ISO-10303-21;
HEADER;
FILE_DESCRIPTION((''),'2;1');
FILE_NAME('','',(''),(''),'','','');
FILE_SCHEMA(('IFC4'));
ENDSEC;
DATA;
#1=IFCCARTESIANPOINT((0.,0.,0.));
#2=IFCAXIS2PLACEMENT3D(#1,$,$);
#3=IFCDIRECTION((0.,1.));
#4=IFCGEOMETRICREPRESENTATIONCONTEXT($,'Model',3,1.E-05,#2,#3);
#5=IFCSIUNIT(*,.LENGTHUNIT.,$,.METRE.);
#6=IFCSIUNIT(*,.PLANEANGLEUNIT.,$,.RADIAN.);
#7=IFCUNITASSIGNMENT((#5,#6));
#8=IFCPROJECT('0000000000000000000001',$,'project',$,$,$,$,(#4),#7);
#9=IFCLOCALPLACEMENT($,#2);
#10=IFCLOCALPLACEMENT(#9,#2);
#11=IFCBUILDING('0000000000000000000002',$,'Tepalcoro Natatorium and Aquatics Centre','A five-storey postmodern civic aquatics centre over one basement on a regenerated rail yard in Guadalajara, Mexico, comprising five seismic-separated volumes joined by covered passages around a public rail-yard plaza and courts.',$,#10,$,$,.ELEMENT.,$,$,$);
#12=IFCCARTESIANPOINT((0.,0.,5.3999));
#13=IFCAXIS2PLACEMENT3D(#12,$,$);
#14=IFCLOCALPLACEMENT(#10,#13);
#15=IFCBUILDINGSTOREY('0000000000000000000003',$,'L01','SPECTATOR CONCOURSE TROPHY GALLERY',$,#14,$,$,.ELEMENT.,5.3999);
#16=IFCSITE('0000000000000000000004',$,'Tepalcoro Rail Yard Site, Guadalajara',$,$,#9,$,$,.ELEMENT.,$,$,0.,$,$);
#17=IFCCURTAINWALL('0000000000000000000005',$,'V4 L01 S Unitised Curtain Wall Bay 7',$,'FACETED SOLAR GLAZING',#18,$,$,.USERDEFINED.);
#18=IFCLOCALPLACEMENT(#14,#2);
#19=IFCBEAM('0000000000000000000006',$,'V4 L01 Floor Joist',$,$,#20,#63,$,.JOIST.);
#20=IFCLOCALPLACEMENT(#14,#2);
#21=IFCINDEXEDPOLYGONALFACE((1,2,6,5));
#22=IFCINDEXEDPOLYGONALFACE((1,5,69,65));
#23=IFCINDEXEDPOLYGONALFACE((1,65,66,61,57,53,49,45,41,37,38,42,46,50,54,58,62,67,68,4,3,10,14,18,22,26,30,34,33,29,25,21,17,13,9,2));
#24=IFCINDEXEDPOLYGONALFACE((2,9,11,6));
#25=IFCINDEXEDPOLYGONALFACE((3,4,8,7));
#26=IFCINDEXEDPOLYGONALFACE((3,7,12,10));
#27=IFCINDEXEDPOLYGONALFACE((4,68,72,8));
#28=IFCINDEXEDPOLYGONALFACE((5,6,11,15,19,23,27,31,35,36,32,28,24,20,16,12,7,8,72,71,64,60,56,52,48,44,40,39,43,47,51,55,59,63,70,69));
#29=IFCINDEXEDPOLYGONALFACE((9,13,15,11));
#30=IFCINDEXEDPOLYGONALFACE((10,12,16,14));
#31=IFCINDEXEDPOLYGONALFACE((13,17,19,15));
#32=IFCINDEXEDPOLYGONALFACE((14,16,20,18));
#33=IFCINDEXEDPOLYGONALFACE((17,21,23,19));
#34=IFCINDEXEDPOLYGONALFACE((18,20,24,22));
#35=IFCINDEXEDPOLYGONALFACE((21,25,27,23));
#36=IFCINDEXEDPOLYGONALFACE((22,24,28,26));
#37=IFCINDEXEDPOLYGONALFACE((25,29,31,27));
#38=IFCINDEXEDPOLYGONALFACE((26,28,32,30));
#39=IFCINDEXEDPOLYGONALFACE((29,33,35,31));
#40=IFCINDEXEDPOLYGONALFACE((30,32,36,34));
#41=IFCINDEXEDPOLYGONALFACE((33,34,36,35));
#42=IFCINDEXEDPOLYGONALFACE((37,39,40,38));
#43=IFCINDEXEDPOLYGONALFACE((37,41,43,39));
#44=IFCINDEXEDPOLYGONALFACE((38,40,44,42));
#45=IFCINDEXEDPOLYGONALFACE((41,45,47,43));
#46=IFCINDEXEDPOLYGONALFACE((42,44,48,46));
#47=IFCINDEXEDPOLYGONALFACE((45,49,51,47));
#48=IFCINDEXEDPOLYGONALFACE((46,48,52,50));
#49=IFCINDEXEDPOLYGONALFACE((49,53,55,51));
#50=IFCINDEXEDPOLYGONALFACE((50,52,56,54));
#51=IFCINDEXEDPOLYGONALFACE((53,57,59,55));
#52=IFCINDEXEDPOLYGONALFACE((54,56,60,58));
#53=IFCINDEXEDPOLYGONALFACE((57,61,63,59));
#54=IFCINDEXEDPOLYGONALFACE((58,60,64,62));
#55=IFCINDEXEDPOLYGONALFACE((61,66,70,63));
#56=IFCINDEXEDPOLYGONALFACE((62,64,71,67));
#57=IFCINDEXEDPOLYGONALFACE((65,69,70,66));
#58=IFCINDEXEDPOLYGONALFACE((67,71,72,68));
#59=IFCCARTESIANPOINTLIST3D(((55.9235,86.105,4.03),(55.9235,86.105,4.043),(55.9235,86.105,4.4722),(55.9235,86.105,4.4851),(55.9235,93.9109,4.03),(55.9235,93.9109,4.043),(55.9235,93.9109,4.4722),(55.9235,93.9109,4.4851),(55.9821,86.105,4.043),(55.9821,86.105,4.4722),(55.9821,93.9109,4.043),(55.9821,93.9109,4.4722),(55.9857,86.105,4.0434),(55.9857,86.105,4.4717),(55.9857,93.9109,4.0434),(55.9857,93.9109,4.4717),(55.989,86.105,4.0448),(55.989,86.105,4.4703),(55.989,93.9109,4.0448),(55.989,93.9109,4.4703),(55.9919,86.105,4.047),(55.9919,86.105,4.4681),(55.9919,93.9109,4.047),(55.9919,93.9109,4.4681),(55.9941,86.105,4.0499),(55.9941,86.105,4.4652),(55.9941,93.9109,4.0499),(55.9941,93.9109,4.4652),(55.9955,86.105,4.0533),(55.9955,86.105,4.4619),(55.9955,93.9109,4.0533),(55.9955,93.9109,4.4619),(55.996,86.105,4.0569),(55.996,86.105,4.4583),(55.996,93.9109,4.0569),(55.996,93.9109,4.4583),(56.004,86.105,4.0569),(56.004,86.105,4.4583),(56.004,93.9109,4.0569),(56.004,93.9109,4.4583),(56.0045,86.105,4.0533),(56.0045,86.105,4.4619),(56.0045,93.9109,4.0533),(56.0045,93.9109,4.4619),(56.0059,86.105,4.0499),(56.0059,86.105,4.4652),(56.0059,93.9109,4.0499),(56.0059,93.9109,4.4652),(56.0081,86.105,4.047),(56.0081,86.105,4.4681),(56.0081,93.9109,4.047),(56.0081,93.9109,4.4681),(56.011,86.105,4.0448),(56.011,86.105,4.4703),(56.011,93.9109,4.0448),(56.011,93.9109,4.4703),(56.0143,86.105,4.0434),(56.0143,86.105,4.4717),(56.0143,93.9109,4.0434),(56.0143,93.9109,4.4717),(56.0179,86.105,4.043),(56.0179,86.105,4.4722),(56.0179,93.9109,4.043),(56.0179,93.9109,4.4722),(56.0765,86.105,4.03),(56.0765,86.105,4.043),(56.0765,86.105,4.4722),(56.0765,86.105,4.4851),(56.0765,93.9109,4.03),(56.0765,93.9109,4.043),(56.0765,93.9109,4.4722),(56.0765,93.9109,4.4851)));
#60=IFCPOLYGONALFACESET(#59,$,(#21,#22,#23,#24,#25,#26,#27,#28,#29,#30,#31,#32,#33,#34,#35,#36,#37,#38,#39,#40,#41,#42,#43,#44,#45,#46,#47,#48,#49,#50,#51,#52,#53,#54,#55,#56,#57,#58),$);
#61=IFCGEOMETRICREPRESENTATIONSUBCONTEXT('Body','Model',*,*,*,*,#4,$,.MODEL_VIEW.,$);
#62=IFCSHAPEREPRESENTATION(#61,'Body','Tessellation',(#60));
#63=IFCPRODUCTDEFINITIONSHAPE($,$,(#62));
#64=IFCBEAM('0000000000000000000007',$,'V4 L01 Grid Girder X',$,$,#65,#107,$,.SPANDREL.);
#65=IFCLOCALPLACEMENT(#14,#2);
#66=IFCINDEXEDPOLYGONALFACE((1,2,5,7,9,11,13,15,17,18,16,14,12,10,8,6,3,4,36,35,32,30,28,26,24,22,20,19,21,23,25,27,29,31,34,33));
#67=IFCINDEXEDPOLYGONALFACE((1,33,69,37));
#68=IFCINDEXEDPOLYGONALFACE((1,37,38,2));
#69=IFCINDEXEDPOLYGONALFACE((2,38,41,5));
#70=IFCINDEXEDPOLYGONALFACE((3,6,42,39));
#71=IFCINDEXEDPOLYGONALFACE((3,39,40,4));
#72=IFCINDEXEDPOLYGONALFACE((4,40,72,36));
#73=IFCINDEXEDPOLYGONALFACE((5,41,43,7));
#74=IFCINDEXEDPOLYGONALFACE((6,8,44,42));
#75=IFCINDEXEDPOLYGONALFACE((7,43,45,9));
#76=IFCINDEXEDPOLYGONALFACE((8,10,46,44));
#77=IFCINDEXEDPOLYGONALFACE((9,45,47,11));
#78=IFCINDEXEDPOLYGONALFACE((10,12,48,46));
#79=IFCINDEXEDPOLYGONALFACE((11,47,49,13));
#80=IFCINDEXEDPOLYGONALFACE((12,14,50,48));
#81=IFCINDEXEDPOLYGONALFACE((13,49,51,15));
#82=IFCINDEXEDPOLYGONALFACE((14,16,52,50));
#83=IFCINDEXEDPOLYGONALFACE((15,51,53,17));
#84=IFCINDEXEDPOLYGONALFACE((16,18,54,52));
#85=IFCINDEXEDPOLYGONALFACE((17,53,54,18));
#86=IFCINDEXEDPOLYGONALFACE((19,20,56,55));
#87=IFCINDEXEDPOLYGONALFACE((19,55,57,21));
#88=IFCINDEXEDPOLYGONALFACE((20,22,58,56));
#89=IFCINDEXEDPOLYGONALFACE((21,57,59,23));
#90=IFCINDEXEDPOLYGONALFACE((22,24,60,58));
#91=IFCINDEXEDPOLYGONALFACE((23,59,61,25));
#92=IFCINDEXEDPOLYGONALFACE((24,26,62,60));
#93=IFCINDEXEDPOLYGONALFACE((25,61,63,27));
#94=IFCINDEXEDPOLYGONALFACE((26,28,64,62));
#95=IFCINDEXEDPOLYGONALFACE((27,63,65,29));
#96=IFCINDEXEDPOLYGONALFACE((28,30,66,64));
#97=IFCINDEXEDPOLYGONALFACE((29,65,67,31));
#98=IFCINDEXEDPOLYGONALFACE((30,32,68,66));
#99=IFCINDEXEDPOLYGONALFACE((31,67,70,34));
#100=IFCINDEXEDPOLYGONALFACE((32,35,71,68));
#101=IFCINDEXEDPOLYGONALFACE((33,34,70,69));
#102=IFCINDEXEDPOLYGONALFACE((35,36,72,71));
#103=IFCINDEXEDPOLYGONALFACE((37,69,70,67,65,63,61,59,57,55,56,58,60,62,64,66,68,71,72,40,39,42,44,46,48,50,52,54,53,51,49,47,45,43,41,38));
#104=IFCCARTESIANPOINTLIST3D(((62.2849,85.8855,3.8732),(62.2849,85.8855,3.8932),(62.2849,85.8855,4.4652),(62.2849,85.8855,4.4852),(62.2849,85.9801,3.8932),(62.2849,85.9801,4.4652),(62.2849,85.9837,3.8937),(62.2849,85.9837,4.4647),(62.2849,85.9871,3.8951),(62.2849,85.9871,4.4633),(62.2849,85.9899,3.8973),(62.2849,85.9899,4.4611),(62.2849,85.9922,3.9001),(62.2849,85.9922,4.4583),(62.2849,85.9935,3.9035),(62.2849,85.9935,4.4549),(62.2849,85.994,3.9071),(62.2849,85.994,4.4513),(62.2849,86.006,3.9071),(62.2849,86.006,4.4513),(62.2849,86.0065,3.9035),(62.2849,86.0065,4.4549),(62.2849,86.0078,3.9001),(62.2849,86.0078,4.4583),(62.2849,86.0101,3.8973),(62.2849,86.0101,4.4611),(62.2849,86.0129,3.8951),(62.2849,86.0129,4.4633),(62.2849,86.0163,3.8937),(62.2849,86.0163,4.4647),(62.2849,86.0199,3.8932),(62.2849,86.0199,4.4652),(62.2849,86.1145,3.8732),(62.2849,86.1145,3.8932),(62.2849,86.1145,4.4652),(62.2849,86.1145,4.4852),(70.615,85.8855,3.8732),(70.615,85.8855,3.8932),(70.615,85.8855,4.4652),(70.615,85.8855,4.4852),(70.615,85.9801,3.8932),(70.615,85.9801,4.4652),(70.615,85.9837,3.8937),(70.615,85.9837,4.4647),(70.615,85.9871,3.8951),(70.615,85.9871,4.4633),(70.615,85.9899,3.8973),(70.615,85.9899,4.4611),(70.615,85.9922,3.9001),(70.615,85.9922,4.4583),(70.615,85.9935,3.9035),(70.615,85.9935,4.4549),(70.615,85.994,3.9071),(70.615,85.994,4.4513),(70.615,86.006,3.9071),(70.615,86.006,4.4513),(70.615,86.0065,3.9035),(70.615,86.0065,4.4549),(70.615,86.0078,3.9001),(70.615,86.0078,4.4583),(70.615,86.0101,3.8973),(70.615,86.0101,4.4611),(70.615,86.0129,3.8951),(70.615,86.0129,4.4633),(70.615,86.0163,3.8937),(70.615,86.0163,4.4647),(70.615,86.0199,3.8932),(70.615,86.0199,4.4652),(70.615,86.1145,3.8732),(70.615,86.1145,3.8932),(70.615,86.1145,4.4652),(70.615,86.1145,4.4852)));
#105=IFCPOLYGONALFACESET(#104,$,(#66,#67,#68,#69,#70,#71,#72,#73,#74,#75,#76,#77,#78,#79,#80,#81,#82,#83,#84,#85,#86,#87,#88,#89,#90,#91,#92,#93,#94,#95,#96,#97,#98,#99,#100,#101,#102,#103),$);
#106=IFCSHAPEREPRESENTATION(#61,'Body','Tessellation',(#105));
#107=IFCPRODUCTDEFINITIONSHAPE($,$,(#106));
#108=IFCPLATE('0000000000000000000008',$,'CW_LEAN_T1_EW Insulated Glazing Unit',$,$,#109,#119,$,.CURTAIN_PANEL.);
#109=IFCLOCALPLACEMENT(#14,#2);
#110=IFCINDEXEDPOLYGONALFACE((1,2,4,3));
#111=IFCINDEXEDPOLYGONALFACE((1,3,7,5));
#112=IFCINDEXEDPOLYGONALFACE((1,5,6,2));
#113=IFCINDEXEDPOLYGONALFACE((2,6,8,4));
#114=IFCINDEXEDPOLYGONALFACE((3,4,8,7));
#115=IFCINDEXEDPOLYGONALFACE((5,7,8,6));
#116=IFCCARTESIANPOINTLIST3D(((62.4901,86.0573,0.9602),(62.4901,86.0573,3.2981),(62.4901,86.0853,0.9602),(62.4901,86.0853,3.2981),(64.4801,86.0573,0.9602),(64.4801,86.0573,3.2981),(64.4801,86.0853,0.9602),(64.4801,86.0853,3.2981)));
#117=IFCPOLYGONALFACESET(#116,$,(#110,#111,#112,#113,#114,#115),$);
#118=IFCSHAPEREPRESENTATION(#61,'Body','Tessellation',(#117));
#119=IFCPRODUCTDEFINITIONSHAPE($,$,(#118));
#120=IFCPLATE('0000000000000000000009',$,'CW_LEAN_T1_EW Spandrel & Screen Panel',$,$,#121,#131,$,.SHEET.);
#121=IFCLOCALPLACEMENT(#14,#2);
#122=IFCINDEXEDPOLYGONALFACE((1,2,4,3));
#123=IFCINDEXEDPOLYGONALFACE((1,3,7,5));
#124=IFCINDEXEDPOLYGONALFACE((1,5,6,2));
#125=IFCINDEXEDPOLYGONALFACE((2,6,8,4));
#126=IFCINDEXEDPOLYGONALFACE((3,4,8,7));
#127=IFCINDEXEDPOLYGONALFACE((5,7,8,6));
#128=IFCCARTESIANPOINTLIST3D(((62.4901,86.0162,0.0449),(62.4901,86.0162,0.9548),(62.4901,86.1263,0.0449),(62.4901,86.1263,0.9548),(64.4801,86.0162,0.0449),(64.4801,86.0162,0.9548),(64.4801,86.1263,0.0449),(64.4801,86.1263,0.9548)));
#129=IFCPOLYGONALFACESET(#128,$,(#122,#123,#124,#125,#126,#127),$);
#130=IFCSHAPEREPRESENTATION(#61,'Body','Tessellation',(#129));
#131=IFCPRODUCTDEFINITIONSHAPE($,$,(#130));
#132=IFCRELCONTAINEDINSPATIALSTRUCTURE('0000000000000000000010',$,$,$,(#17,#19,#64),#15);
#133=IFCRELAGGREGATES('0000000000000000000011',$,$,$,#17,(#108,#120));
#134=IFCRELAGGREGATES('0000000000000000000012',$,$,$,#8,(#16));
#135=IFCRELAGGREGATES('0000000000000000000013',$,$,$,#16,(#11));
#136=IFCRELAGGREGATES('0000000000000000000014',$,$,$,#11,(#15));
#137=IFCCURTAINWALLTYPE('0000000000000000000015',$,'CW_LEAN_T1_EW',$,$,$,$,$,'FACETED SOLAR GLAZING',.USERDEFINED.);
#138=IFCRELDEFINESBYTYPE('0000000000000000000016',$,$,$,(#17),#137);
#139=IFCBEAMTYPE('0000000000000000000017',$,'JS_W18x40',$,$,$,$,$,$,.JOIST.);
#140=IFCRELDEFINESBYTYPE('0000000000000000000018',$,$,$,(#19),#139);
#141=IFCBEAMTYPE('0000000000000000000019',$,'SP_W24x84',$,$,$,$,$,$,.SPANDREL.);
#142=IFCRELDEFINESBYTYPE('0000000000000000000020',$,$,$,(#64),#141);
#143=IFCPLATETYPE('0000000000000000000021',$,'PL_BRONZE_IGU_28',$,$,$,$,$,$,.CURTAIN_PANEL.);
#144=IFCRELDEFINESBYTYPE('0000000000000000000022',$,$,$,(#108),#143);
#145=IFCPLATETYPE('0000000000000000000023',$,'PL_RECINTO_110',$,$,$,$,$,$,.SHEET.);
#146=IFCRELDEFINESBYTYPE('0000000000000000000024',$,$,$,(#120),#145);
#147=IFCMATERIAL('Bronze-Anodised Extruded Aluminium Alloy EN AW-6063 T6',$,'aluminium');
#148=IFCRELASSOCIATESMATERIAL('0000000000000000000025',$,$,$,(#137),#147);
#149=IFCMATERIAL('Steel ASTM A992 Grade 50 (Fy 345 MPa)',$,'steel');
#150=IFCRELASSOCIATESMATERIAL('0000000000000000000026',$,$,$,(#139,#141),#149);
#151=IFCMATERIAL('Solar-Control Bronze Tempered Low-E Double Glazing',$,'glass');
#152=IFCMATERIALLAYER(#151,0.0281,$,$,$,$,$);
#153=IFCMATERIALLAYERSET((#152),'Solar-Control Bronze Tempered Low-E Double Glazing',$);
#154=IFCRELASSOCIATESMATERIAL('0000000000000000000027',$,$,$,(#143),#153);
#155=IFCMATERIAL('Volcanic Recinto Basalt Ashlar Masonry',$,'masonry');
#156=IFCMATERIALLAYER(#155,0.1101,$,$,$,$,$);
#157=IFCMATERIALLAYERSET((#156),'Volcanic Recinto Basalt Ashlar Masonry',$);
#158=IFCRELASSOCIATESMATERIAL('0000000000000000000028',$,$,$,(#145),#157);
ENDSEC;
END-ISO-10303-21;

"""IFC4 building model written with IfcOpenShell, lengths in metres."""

from ifc_helpers import new_model, si_unit, direction, frame, origin, origin_2d, place, context, subcontext, project, spatial, rectangle, i_section, extrude, material, layer, layer_set, material_profile, profile_set, type_object, element, aggregate, save


model = new_model("IFC4")

# Units and contexts
model_context = context("Model", 3, precision=1e-05, world=origin(), true_north=direction((0.0, 1.0)))
body_context = subcontext(model_context, "Body", "Model", "MODEL_VIEW")
ifc_project = project(units=[si_unit("LENGTHUNIT", "METRE"), si_unit("PLANEANGLEUNIT", "RADIAN")], contexts=[model_context])

# Site, building, storey
site_placement = place(None, origin())
site = spatial("IfcSite", under=ifc_project, at=site_placement, Name="Tepalcoro Rail Yard Site, Guadalajara", CompositionType="ELEMENT", RefElevation=0.0)
building_placement = place(site_placement, origin())
building = spatial("IfcBuilding", under=site, at=building_placement, Name="Tepalcoro Natatorium and Aquatics Centre", Description="A five-storey postmodern civic aquatics centre over one basement on a regenerated rail yard in Guadalajara, Mexico, comprising five seismic-separated volumes joined by covered passages around a public rail-yard plaza and courts.", CompositionType="ELEMENT")
storey_placement = place(building_placement, frame((0.0, 0.0, 5.3999)))
storey = spatial("IfcBuildingStorey", under=building, at=storey_placement, Name="L01", Description="SPECTATOR CONCOURSE TROPHY GALLERY", CompositionType="ELEMENT", Elevation=5.3999)

# Shared definitions
ifc_material_1 = material(Name="Steel ASTM A992 Grade 50 (Fy 345 MPa)", Category="steel")

# Curtain wall
ifc_material_2 = material(Name="Bronze-Anodised Extruded Aluminium Alloy EN AW-6063 T6", Category="aluminium")
curtain_wall_type = type_object("IfcCurtainWallType", Name="CW_LEAN_T1_EW", ElementType="FACETED SOLAR GLAZING", PredefinedType="USERDEFINED", material=ifc_material_2)
curtain_wall_placement = place(storey_placement, origin())
curtain_wall = element("IfcCurtainWall", 1, at=curtain_wall_placement, inside=storey, type_object=curtain_wall_type, Name="V4 L01 S Unitised Curtain Wall Bay 7", ObjectType="FACETED SOLAR GLAZING", PredefinedType="USERDEFINED")

# Beams
ifc_material_profile_1 = material_profile(ifc_material_1, i_section(OverallWidth=0.1531, OverallDepth=0.4551, WebThickness=0.0081, FlangeThickness=0.0129, FilletRadius=0.0139, at=origin_2d()), Name="W18X40")
ifc_profile_set_1 = profile_set([ifc_material_profile_1], Name="Steel ASTM A992 Grade 50 (Fy 345 MPa)")
beam_type_1 = type_object("IfcBeamType", Name="JS_W18x40", PredefinedType="JOIST", material=ifc_profile_set_1)
beam_1_placement = place(storey_placement, frame((56.0, 86.105, 4.2576), z_axis=(0.0, 1.0, 0.0), x_axis=(-1.0, 0.0, 0.0)))
element("IfcBeam", 2, at=beam_1_placement, inside=storey, type_object=beam_type_1, Name="V4 L01 Floor Joist", PredefinedType="JOIST", context=body_context, shape_type="SweptSolid", body=[
    extrude(i_section(OverallWidth=0.1531, OverallDepth=0.4551, WebThickness=0.0081, FlangeThickness=0.0129, FilletRadius=0.0139, at=origin_2d()), origin(), (0.0, 0.0, 1.0), 7.8059),
])
ifc_material_profile_2 = material_profile(ifc_material_1, i_section(OverallWidth=0.229, OverallDepth=0.6121, WebThickness=0.012, FlangeThickness=0.02, FilletRadius=0.0139, at=origin_2d()), Name="W24X84")
ifc_profile_set_2 = profile_set([ifc_material_profile_2], Name="Steel ASTM A992 Grade 50 (Fy 345 MPa)")
beam_type_2 = type_object("IfcBeamType", Name="SP_W24x84", PredefinedType="SPANDREL", material=ifc_profile_set_2)
beam_2_placement = place(storey_placement, frame((62.2849, 86.0, 4.1792), z_axis=(1.0, 0.0, 0.0), x_axis=(0.0, 1.0, 0.0)))
element("IfcBeam", 3, at=beam_2_placement, inside=storey, type_object=beam_type_2, Name="V4 L01 Grid Girder X", PredefinedType="SPANDREL", context=body_context, shape_type="SweptSolid", body=[
    extrude(i_section(OverallWidth=0.229, OverallDepth=0.6121, WebThickness=0.012, FlangeThickness=0.02, FilletRadius=0.0139, at=origin_2d()), origin(), (0.0, 0.0, 1.0), 8.3301),
])

# Plates
ifc_material_3 = material(Name="Solar-Control Bronze Tempered Low-E Double Glazing", Category="glass")
ifc_layer_1 = layer(ifc_material_3, 0.0281)
ifc_layer_set_1 = layer_set([ifc_layer_1], Name="Solar-Control Bronze Tempered Low-E Double Glazing")
plate_type_1 = type_object("IfcPlateType", Name="PL_BRONZE_IGU_28", PredefinedType="CURTAIN_PANEL", material=ifc_layer_set_1)
plate_1_placement = place(storey_placement, frame((63.4851, 86.0713, 0.9602), z_axis=(0.0, 0.0, 1.0), x_axis=(1.0, 0.0, 0.0)))
plate_1 = element("IfcPlate", 4, at=plate_1_placement, type_object=plate_type_1, Name="CW_LEAN_T1_EW Insulated Glazing Unit", PredefinedType="CURTAIN_PANEL", context=body_context, shape_type="SweptSolid", body=[
    extrude(rectangle(XDim=1.99, YDim=0.0281, at=origin_2d()), origin(), (0.0, 0.0, 1.0), 2.3379),
])
ifc_material_4 = material(Name="Volcanic Recinto Basalt Ashlar Masonry", Category="masonry")
ifc_layer_2 = layer(ifc_material_4, 0.1101)
ifc_layer_set_2 = layer_set([ifc_layer_2], Name="Volcanic Recinto Basalt Ashlar Masonry")
plate_type_2 = type_object("IfcPlateType", Name="PL_RECINTO_110", PredefinedType="SHEET", material=ifc_layer_set_2)
plate_2_placement = place(storey_placement, frame((63.4851, 86.0713, 0.0449), z_axis=(0.0, 0.0, 1.0), x_axis=(1.0, 0.0, 0.0)))
plate_2 = element("IfcPlate", 5, at=plate_2_placement, type_object=plate_type_2, Name="CW_LEAN_T1_EW Spandrel & Screen Panel", PredefinedType="SHEET", context=body_context, shape_type="SweptSolid", body=[
    extrude(rectangle(XDim=1.99, YDim=0.1101, at=origin_2d()), origin(), (0.0, 0.0, 1.0), 0.9099),
])
aggregate(curtain_wall, [plate_1, plate_2])

save(model, "model.ifc")
